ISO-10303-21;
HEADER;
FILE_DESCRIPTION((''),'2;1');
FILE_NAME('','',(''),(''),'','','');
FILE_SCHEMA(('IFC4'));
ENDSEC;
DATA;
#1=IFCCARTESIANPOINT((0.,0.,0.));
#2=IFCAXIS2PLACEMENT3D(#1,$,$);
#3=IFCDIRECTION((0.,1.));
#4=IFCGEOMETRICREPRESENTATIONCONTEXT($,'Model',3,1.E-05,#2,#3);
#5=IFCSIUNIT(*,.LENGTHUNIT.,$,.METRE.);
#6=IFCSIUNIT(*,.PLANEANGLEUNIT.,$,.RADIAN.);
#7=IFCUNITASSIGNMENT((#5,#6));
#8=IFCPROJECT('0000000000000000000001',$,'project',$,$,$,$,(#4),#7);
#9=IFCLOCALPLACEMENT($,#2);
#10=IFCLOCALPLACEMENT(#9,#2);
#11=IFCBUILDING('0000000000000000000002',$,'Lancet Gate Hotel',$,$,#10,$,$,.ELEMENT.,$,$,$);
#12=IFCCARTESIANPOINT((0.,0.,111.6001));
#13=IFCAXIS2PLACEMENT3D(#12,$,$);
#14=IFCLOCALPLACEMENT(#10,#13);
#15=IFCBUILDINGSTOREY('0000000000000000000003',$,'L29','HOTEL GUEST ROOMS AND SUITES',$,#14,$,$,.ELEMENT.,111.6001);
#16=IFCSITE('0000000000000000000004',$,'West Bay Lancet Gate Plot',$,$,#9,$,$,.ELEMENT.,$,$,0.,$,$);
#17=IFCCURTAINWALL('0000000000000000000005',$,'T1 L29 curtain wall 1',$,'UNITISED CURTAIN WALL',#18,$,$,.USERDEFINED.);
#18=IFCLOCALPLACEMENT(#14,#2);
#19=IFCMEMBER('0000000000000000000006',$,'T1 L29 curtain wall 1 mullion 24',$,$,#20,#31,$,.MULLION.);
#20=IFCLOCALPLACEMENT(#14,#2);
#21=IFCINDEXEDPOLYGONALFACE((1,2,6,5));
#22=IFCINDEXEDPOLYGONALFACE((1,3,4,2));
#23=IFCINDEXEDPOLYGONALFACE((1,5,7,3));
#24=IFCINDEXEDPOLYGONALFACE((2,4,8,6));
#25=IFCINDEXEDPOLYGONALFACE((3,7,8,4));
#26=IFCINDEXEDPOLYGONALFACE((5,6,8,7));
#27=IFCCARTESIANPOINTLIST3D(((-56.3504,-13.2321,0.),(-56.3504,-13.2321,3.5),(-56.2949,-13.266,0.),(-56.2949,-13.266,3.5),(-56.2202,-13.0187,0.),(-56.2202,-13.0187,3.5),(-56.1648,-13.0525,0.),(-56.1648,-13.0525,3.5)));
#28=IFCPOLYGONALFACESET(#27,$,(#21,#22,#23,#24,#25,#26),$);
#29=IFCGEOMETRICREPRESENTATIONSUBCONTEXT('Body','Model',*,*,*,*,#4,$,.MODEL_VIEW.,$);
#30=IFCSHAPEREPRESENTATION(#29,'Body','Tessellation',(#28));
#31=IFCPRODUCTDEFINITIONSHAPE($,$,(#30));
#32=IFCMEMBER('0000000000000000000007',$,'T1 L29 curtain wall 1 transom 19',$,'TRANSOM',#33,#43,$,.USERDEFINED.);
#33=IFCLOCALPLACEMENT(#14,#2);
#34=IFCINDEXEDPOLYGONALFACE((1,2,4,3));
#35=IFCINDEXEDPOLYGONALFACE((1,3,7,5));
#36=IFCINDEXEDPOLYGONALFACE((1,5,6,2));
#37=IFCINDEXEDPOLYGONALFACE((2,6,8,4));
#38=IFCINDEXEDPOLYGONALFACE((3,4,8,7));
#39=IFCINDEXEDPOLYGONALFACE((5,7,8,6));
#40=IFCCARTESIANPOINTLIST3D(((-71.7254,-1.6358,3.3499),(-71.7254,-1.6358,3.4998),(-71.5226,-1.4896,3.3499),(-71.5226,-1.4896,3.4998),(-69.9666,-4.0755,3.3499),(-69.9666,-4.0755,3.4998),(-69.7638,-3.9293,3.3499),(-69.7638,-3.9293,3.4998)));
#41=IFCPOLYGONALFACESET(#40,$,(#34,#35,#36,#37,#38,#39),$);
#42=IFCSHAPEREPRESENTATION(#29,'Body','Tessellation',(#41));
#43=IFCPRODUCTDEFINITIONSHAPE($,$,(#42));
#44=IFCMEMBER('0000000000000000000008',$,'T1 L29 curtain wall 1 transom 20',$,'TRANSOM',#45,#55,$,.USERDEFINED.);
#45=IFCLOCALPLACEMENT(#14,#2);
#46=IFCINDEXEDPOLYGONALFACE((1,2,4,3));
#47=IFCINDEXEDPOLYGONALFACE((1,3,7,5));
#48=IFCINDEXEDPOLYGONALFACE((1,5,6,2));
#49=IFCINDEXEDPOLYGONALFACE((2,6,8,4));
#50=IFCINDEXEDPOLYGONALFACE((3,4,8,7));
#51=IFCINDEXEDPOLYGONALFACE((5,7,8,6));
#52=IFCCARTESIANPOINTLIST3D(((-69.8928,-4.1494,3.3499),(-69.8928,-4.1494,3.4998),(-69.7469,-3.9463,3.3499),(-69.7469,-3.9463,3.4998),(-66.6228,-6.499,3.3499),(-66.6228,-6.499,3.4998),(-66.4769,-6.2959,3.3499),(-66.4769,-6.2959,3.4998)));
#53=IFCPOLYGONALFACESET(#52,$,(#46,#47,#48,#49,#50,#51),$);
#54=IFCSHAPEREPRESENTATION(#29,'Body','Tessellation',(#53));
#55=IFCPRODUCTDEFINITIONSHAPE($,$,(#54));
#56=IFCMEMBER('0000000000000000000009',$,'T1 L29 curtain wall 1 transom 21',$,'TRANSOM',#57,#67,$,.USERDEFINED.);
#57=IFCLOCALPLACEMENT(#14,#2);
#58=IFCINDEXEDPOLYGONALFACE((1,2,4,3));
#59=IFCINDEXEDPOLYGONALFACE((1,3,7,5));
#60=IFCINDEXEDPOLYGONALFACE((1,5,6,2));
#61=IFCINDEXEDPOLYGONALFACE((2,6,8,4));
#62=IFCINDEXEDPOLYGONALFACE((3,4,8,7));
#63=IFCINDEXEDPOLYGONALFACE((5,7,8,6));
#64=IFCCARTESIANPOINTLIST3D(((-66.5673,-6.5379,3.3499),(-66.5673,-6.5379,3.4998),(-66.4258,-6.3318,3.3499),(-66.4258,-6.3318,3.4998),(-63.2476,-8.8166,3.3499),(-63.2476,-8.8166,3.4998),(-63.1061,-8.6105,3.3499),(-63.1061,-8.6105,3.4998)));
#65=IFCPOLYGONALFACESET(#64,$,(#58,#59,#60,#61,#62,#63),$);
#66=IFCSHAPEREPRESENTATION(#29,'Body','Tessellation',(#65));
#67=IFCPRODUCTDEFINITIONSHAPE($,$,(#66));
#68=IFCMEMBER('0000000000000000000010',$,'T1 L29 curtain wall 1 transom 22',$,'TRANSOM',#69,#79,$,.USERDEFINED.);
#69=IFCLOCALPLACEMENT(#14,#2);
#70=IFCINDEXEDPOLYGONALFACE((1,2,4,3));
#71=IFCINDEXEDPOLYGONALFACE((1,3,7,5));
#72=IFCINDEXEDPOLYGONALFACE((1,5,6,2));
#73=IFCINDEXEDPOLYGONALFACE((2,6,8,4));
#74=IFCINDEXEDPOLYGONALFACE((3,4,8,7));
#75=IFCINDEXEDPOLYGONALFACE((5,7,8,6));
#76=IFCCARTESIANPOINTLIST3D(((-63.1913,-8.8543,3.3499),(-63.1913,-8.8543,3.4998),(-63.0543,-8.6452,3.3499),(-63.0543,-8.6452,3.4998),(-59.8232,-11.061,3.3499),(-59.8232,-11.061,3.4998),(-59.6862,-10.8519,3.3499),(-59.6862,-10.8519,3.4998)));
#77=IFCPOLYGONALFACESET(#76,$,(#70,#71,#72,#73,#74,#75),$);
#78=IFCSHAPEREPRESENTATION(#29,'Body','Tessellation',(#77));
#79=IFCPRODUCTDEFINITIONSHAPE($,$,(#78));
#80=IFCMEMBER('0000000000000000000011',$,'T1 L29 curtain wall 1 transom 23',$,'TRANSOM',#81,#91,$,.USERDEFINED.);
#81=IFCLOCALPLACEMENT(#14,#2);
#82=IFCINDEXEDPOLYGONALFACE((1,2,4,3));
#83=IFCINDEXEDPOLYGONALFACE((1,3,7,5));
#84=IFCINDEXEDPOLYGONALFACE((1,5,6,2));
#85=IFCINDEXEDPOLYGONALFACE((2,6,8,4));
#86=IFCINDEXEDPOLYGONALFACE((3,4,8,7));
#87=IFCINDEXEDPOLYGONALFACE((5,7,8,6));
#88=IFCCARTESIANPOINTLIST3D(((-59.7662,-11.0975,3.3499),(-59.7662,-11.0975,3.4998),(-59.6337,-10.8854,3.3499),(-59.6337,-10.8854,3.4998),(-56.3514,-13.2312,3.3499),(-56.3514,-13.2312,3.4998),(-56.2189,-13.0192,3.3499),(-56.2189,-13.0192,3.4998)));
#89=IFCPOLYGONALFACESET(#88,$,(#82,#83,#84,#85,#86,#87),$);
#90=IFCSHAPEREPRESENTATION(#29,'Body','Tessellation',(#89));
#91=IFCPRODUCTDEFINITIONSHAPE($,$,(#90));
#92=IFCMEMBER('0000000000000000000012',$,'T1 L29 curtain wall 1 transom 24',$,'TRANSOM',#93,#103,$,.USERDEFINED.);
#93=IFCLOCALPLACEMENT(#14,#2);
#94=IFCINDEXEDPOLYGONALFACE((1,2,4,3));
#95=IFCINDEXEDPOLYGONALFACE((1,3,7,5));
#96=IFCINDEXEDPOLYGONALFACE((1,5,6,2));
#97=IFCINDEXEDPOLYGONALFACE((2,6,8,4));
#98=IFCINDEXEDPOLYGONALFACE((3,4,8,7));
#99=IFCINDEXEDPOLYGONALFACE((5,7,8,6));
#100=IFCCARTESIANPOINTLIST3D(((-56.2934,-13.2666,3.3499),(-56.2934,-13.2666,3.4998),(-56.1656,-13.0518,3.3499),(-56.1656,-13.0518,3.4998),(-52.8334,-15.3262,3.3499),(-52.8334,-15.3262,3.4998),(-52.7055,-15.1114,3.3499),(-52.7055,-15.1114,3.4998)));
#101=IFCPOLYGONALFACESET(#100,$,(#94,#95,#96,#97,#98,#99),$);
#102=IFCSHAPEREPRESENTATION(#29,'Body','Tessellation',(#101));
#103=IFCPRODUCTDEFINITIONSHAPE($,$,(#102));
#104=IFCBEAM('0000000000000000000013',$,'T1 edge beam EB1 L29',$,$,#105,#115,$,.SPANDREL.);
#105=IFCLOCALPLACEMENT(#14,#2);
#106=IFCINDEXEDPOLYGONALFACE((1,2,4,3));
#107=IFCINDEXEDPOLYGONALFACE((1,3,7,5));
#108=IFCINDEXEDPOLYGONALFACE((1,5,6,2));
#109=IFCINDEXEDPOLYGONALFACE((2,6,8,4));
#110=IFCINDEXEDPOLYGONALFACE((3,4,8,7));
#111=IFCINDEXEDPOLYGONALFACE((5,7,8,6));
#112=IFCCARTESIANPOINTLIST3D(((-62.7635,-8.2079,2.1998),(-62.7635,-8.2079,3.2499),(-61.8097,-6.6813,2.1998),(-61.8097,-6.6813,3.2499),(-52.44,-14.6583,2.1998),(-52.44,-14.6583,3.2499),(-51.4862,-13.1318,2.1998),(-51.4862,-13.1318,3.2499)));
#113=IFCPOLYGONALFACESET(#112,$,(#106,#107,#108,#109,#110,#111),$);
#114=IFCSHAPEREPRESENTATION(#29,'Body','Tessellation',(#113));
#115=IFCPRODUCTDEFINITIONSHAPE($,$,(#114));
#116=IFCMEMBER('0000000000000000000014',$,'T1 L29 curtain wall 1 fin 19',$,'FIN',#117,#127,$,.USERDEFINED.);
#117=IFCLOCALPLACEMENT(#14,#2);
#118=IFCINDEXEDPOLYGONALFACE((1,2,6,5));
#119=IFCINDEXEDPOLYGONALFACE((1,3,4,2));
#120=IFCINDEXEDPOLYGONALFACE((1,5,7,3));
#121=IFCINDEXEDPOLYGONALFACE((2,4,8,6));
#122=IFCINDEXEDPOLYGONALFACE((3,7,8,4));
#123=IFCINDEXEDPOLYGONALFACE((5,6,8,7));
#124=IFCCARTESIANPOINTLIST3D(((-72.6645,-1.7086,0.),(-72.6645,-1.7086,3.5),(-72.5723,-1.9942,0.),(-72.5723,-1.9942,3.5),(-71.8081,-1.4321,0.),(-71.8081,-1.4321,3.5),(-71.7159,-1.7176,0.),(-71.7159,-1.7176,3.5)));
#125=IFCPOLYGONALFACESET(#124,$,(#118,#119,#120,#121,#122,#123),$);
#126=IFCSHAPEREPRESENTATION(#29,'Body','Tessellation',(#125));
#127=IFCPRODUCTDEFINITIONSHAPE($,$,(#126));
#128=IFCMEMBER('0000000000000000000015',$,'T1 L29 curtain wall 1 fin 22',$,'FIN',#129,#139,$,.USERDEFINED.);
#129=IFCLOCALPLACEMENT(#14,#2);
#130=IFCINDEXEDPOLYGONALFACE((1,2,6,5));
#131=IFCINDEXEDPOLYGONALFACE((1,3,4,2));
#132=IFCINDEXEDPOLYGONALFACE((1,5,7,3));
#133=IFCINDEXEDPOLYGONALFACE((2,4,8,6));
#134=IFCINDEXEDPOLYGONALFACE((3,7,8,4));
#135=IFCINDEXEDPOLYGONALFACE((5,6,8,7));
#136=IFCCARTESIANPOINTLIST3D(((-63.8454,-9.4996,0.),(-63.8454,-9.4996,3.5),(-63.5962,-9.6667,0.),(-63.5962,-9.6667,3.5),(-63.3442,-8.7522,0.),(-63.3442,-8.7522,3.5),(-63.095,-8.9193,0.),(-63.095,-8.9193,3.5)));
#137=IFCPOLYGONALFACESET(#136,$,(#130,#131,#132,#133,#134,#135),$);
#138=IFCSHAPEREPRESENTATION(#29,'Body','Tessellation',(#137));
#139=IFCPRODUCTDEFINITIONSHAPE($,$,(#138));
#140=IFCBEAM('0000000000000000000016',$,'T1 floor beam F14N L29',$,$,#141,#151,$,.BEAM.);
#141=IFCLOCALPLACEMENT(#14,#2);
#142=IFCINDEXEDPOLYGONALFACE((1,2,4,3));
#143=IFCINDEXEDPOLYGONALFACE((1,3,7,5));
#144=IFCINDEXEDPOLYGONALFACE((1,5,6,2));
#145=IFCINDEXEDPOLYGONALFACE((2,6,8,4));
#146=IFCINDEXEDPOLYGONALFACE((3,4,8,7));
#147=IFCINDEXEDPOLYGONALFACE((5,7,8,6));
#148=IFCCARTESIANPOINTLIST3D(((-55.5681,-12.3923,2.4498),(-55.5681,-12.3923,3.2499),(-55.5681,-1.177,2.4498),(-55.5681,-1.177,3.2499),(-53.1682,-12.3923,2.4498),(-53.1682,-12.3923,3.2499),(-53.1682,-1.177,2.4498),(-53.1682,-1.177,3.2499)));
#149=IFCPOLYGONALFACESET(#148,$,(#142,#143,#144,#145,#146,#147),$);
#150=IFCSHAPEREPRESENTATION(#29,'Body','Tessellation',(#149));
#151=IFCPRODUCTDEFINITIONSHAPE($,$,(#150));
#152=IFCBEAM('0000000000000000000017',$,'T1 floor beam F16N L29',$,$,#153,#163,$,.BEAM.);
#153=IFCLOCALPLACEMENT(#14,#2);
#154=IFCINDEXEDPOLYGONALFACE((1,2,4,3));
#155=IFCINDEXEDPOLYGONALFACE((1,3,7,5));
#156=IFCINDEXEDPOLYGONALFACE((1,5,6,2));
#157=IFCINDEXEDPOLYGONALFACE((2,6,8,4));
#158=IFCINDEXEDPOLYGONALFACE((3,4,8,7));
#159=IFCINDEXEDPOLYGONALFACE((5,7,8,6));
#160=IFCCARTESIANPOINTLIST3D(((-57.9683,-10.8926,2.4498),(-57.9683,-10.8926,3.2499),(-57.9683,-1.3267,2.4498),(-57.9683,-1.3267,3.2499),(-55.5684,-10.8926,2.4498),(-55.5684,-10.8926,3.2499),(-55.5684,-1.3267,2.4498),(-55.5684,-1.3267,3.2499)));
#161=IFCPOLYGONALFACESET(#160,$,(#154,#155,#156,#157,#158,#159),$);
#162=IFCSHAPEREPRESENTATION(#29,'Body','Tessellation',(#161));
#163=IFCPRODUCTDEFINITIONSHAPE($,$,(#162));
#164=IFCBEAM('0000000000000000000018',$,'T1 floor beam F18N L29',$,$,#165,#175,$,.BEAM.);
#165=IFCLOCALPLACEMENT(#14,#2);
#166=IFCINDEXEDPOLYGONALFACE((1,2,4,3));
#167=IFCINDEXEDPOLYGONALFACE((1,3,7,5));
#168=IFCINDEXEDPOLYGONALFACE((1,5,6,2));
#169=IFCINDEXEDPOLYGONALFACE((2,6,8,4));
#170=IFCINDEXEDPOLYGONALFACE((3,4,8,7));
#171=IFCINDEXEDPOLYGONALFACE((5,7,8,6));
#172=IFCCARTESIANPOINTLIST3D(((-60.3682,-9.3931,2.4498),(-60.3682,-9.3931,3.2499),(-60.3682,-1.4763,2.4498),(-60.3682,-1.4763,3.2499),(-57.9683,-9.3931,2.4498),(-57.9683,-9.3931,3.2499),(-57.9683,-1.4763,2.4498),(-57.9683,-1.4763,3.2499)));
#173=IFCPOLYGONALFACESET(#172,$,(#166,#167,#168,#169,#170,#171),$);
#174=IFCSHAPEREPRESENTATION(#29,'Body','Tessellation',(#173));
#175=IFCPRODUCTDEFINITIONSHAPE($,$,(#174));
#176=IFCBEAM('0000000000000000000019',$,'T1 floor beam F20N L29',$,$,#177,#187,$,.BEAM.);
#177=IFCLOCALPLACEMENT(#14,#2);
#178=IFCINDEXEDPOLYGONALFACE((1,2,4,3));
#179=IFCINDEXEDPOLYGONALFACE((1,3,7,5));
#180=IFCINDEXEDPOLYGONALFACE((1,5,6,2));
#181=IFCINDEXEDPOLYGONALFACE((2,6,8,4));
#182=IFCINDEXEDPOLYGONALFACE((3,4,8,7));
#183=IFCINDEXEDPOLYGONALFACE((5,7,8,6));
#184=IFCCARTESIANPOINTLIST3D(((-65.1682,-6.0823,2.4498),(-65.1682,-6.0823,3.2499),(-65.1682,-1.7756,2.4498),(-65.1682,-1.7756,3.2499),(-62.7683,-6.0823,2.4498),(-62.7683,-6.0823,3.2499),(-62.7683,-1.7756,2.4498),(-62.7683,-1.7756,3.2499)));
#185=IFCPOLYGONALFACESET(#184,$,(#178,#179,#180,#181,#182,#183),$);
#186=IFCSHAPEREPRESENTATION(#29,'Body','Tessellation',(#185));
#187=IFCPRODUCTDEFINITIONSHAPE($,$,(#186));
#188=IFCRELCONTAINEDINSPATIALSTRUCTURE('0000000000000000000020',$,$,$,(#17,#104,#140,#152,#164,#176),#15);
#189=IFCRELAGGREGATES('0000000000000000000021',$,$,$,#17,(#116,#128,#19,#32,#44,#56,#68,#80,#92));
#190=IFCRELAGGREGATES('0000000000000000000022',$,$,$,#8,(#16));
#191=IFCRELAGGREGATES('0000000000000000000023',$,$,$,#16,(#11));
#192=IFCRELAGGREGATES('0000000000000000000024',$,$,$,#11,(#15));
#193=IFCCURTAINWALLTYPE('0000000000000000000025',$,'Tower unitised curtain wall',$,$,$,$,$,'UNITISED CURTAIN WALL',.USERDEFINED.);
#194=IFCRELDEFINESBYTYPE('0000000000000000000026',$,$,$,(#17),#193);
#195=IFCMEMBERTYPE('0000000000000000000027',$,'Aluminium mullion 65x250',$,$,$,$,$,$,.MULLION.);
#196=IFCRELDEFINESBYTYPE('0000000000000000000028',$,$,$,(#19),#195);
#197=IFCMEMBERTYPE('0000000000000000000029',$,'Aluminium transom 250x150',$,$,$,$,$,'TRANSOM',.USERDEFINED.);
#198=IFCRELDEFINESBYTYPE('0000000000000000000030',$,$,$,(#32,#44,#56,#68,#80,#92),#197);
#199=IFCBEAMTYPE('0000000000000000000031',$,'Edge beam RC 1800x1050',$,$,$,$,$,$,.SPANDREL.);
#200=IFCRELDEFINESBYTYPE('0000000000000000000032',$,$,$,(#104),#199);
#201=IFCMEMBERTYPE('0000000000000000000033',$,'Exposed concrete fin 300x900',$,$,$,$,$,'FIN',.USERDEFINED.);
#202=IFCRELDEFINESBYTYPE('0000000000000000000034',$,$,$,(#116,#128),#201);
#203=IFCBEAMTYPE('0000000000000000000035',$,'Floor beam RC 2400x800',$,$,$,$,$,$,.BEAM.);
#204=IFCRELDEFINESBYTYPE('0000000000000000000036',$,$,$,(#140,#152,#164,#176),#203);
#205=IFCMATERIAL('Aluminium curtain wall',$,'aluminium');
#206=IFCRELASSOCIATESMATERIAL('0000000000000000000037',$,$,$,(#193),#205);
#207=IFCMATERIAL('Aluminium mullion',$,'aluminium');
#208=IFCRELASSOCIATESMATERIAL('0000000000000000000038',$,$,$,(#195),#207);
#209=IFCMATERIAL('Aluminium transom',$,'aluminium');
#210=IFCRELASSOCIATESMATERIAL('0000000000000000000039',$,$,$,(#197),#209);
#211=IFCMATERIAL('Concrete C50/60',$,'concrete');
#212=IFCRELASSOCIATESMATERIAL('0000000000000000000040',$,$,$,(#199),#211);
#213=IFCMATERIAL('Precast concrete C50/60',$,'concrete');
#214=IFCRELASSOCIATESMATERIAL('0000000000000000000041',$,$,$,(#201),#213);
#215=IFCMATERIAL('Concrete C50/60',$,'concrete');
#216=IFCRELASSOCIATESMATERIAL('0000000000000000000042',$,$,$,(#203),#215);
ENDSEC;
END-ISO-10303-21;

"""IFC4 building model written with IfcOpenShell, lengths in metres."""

from ifc_helpers import new_model, si_unit, direction, frame, origin, origin_2d, place, context, subcontext, project, spatial, rectangle, extrude, material, material_profile, profile_set, type_object, element, aggregate, save


model = new_model("IFC4")

# Units and contexts
model_context = context("Model", 3, precision=1e-05, world=origin(), true_north=direction((0.0, 1.0)))
body_context = subcontext(model_context, "Body", "Model", "MODEL_VIEW")
ifc_project = project(units=[si_unit("LENGTHUNIT", "METRE"), si_unit("PLANEANGLEUNIT", "RADIAN")], contexts=[model_context])

# Site, building, storey
site_placement = place(None, origin())
site = spatial("IfcSite", under=ifc_project, at=site_placement, Name="West Bay Lancet Gate Plot", CompositionType="ELEMENT", RefElevation=0.0)
building_placement = place(site_placement, origin())
building = spatial("IfcBuilding", under=site, at=building_placement, Name="Lancet Gate Hotel", CompositionType="ELEMENT")
storey_placement = place(building_placement, frame((0.0, 0.0, 111.6001)))
storey = spatial("IfcBuildingStorey", under=building, at=storey_placement, Name="L29", Description="HOTEL GUEST ROOMS AND SUITES", CompositionType="ELEMENT", Elevation=111.6001)

# Curtain wall, members
ifc_material_1 = material(Name="Aluminium curtain wall", Category="aluminium")
curtain_wall_type = type_object("IfcCurtainWallType", Name="Tower unitised curtain wall", ElementType="UNITISED CURTAIN WALL", PredefinedType="USERDEFINED", material=ifc_material_1)
curtain_wall_placement = place(storey_placement, origin())
curtain_wall = element("IfcCurtainWall", 1, at=curtain_wall_placement, inside=storey, type_object=curtain_wall_type, Name="T1 L29 curtain wall 1", ObjectType="UNITISED CURTAIN WALL", PredefinedType="USERDEFINED")
ifc_material_2 = material(Name="Aluminium mullion", Category="aluminium")
ifc_material_profile_1 = material_profile(ifc_material_2, rectangle(XDim=0.0649, YDim=0.25, at=origin_2d()), Name="MULLION 65x250")
ifc_profile_set_1 = profile_set([ifc_material_profile_1], Name="Aluminium mullion")
member_type_1 = type_object("IfcMemberType", Name="Aluminium mullion 65x250", PredefinedType="MULLION", material=ifc_profile_set_1)
member_1_placement = place(storey_placement, frame((-56.2576, -13.1423, 0.0), z_axis=(0.0, 0.0, 1.0), x_axis=(0.853716, -0.520739, 0.0)))
member_1 = element("IfcMember", 2, at=member_1_placement, type_object=member_type_1, Name="T1 L29 curtain wall 1 mullion 24", PredefinedType="MULLION", context=body_context, shape_type="SweptSolid", body=[
    extrude(rectangle(XDim=0.0649, YDim=0.25, at=origin_2d()), origin(), (0.0, 0.0, 1.0), 3.5),
])
ifc_material_3 = material(Name="Aluminium transom", Category="aluminium")
ifc_material_profile_2 = material_profile(ifc_material_3, rectangle(XDim=0.25, YDim=0.1499, at=origin_2d()), Name="TRANSOM 250x150")
ifc_profile_set_2 = profile_set([ifc_material_profile_2], Name="Aluminium transom")
member_type_2 = type_object("IfcMemberType", Name="Aluminium transom 250x150", ElementType="TRANSOM", PredefinedType="USERDEFINED", material=ifc_profile_set_2)
member_2_placement = place(storey_placement, frame((-71.624, -1.5627, 3.4248), z_axis=(0.584788, -0.811186, 0.0), x_axis=(0.811186, 0.584788, 0.0)))
member_2 = element("IfcMember", 3, at=member_2_placement, type_object=member_type_2, Name="T1 L29 curtain wall 1 transom 19", ObjectType="TRANSOM", PredefinedType="USERDEFINED", context=body_context, shape_type="SweptSolid", body=[
    extrude(rectangle(XDim=0.25, YDim=0.1499, at=origin_2d()), origin(), (0.0, 0.0, 1.0), 3.0076),
])
member_3_placement = place(storey_placement, frame((-69.8198, -4.0479, 3.4248), z_axis=(0.8121, -0.583519, 0.0), x_axis=(0.583519, 0.8121, 0.0)))
member_3 = element("IfcMember", 4, at=member_3_placement, type_object=member_type_2, Name="T1 L29 curtain wall 1 transom 20", ObjectType="TRANSOM", PredefinedType="USERDEFINED", context=body_context, shape_type="SweptSolid", body=[
    extrude(rectangle(XDim=0.25, YDim=0.1499, at=origin_2d()), origin(), (0.0, 0.0, 1.0), 4.0266),
])
member_4_placement = place(storey_placement, frame((-66.4966, -6.4348, 3.4248), z_axis=(0.824456, -0.565927, 0.0), x_axis=(0.565927, 0.824456, 0.0)))
member_4 = element("IfcMember", 5, at=member_4_placement, type_object=member_type_2, Name="T1 L29 curtain wall 1 transom 21", ObjectType="TRANSOM", PredefinedType="USERDEFINED", context=body_context, shape_type="SweptSolid", body=[
    extrude(rectangle(XDim=0.25, YDim=0.1499, at=origin_2d()), origin(), (0.0, 0.0, 1.0), 4.0266),
])
member_5_placement = place(storey_placement, frame((-63.1228, -8.7498, 3.4248), z_axis=(0.836454, -0.548036, 0.0), x_axis=(0.548036, 0.836454, 0.0)))
member_5 = element("IfcMember", 6, at=member_5_placement, type_object=member_type_2, Name="T1 L29 curtain wall 1 transom 22", ObjectType="TRANSOM", PredefinedType="USERDEFINED", context=body_context, shape_type="SweptSolid", body=[
    extrude(rectangle(XDim=0.25, YDim=0.1499, at=origin_2d()), origin(), (0.0, 0.0, 1.0), 4.0266),
])
member_6_placement = place(storey_placement, frame((-59.7, -10.9915, 3.4248), z_axis=(0.848049, -0.529917, 0.0), x_axis=(0.529917, 0.848049, 0.0)))
member_6 = element("IfcMember", 7, at=member_6_placement, type_object=member_type_2, Name="T1 L29 curtain wall 1 transom 23", ObjectType="TRANSOM", PredefinedType="USERDEFINED", context=body_context, shape_type="SweptSolid", body=[
    extrude(rectangle(XDim=0.25, YDim=0.1499, at=origin_2d()), origin(), (0.0, 0.0, 1.0), 4.0266),
])
member_7_placement = place(storey_placement, frame((-56.2295, -13.1592, 3.4248), z_axis=(0.859285, -0.511497, 0.0), x_axis=(0.511497, 0.859285, 0.0)))
member_7 = element("IfcMember", 8, at=member_7_placement, type_object=member_type_2, Name="T1 L29 curtain wall 1 transom 24", ObjectType="TRANSOM", PredefinedType="USERDEFINED", context=body_context, shape_type="SweptSolid", body=[
    extrude(rectangle(XDim=0.25, YDim=0.1499, at=origin_2d()), origin(), (0.0, 0.0, 1.0), 4.0266),
])

# Beam
ifc_material_4 = material(Name="Concrete C50/60", Category="concrete")
ifc_material_profile_3 = material_profile(ifc_material_4, rectangle(XDim=1.8, YDim=1.05, at=origin_2d()), Name="RC 1800x1050")
ifc_profile_set_3 = profile_set([ifc_material_profile_3], Name="Concrete C50/60")
beam_type_1 = type_object("IfcBeamType", Name="Edge beam RC 1800x1050", PredefinedType="SPANDREL", material=ifc_profile_set_3)
beam_1_placement = place(storey_placement, frame((-62.2866, -7.4446, 2.7249), z_axis=(0.848063, -0.529896, 0.0), x_axis=(0.529896, 0.848063, 0.0)))
element("IfcBeam", 9, at=beam_1_placement, inside=storey, type_object=beam_type_1, Name="T1 edge beam EB1 L29", PredefinedType="SPANDREL", context=body_context, shape_type="SweptSolid", body=[
    extrude(rectangle(XDim=1.8, YDim=1.05, at=origin_2d()), origin(), (0.0, 0.0, 1.0), 12.1731),
])

# Members
ifc_material_5 = material(Name="Precast concrete C50/60", Category="concrete")
ifc_material_profile_4 = material_profile(ifc_material_5, rectangle(XDim=0.3, YDim=0.8999, at=origin_2d()), Name="FIN 300x900")
ifc_profile_set_4 = profile_set([ifc_material_profile_4], Name="Precast concrete C50/60")
member_type_3 = type_object("IfcMemberType", Name="Exposed concrete fin 300x900", ElementType="FIN", PredefinedType="USERDEFINED", material=ifc_profile_set_4)
member_8_placement = place(storey_placement, frame((-72.1902, -1.7131, 0.0), z_axis=(0.0, 0.0, 1.0), x_axis=(0.307269, -0.951623, 0.0)))
member_8 = element("IfcMember", 10, at=member_8_placement, type_object=member_type_3, Name="T1 L29 curtain wall 1 fin 19", ObjectType="FIN", PredefinedType="USERDEFINED", context=body_context, shape_type="SweptSolid", body=[
    extrude(rectangle(XDim=0.3, YDim=0.8999, at=origin_2d()), origin(), (0.0, 0.0, 1.0), 3.5),
])
member_9_placement = place(storey_placement, frame((-63.4702, -9.2095, 0.0), z_axis=(0.0, 0.0, 1.0), x_axis=(0.83051, -0.557004, 0.0)))
member_9 = element("IfcMember", 11, at=member_9_placement, type_object=member_type_3, Name="T1 L29 curtain wall 1 fin 22", ObjectType="FIN", PredefinedType="USERDEFINED", context=body_context, shape_type="SweptSolid", body=[
    extrude(rectangle(XDim=0.3, YDim=0.8999, at=origin_2d()), origin(), (0.0, 0.0, 1.0), 3.5),
])

# Beams
ifc_material_6 = material(Name="Concrete C50/60", Category="concrete")
ifc_material_profile_5 = material_profile(ifc_material_6, rectangle(XDim=2.3999, YDim=0.8, at=origin_2d()), Name="RC 2400x800")
ifc_profile_set_5 = profile_set([ifc_material_profile_5], Name="Concrete C50/60")
beam_type_2 = type_object("IfcBeamType", Name="Floor beam RC 2400x800", PredefinedType="BEAM", material=ifc_profile_set_5)
beam_2_placement = place(storey_placement, frame((-54.3682, -1.177, 2.8499), z_axis=(0.0, -1.0, 0.0), x_axis=(1.0, 0.0, 0.0)))
element("IfcBeam", 12, at=beam_2_placement, inside=storey, type_object=beam_type_2, Name="T1 floor beam F14N L29", PredefinedType="BEAM", context=body_context, shape_type="SweptSolid", body=[
    extrude(rectangle(XDim=2.3999, YDim=0.8, at=origin_2d()), origin(), (0.0, 0.0, 1.0), 11.2153),
])
beam_3_placement = place(storey_placement, frame((-56.7683, -1.3267, 2.8499), z_axis=(0.0, -1.0, 0.0), x_axis=(1.0, 0.0, 0.0)))
element("IfcBeam", 13, at=beam_3_placement, inside=storey, type_object=beam_type_2, Name="T1 floor beam F16N L29", PredefinedType="BEAM", context=body_context, shape_type="SweptSolid", body=[
    extrude(rectangle(XDim=2.3999, YDim=0.8, at=origin_2d()), origin(), (0.0, 0.0, 1.0), 9.5659),
])
beam_4_placement = place(storey_placement, frame((-59.1682, -1.4763, 2.8499), z_axis=(0.0, -1.0, 0.0), x_axis=(1.0, 0.0, 0.0)))
element("IfcBeam", 14, at=beam_4_placement, inside=storey, type_object=beam_type_2, Name="T1 floor beam F18N L29", PredefinedType="BEAM", context=body_context, shape_type="SweptSolid", body=[
    extrude(rectangle(XDim=2.3999, YDim=0.8, at=origin_2d()), origin(), (0.0, 0.0, 1.0), 7.9167),
])
beam_5_placement = place(storey_placement, frame((-63.9683, -1.7756, 2.8499), z_axis=(0.0, -1.0, 0.0), x_axis=(1.0, 0.0, 0.0)))
element("IfcBeam", 15, at=beam_5_placement, inside=storey, type_object=beam_type_2, Name="T1 floor beam F20N L29", PredefinedType="BEAM", context=body_context, shape_type="SweptSolid", body=[
    extrude(rectangle(XDim=2.3999, YDim=0.8, at=origin_2d()), origin(), (0.0, 0.0, 1.0), 4.3066),
])

aggregate(curtain_wall, [member_8, member_9, member_1, member_2, member_3, member_4, member_5, member_6, member_7])

save(model, "model.ifc")
